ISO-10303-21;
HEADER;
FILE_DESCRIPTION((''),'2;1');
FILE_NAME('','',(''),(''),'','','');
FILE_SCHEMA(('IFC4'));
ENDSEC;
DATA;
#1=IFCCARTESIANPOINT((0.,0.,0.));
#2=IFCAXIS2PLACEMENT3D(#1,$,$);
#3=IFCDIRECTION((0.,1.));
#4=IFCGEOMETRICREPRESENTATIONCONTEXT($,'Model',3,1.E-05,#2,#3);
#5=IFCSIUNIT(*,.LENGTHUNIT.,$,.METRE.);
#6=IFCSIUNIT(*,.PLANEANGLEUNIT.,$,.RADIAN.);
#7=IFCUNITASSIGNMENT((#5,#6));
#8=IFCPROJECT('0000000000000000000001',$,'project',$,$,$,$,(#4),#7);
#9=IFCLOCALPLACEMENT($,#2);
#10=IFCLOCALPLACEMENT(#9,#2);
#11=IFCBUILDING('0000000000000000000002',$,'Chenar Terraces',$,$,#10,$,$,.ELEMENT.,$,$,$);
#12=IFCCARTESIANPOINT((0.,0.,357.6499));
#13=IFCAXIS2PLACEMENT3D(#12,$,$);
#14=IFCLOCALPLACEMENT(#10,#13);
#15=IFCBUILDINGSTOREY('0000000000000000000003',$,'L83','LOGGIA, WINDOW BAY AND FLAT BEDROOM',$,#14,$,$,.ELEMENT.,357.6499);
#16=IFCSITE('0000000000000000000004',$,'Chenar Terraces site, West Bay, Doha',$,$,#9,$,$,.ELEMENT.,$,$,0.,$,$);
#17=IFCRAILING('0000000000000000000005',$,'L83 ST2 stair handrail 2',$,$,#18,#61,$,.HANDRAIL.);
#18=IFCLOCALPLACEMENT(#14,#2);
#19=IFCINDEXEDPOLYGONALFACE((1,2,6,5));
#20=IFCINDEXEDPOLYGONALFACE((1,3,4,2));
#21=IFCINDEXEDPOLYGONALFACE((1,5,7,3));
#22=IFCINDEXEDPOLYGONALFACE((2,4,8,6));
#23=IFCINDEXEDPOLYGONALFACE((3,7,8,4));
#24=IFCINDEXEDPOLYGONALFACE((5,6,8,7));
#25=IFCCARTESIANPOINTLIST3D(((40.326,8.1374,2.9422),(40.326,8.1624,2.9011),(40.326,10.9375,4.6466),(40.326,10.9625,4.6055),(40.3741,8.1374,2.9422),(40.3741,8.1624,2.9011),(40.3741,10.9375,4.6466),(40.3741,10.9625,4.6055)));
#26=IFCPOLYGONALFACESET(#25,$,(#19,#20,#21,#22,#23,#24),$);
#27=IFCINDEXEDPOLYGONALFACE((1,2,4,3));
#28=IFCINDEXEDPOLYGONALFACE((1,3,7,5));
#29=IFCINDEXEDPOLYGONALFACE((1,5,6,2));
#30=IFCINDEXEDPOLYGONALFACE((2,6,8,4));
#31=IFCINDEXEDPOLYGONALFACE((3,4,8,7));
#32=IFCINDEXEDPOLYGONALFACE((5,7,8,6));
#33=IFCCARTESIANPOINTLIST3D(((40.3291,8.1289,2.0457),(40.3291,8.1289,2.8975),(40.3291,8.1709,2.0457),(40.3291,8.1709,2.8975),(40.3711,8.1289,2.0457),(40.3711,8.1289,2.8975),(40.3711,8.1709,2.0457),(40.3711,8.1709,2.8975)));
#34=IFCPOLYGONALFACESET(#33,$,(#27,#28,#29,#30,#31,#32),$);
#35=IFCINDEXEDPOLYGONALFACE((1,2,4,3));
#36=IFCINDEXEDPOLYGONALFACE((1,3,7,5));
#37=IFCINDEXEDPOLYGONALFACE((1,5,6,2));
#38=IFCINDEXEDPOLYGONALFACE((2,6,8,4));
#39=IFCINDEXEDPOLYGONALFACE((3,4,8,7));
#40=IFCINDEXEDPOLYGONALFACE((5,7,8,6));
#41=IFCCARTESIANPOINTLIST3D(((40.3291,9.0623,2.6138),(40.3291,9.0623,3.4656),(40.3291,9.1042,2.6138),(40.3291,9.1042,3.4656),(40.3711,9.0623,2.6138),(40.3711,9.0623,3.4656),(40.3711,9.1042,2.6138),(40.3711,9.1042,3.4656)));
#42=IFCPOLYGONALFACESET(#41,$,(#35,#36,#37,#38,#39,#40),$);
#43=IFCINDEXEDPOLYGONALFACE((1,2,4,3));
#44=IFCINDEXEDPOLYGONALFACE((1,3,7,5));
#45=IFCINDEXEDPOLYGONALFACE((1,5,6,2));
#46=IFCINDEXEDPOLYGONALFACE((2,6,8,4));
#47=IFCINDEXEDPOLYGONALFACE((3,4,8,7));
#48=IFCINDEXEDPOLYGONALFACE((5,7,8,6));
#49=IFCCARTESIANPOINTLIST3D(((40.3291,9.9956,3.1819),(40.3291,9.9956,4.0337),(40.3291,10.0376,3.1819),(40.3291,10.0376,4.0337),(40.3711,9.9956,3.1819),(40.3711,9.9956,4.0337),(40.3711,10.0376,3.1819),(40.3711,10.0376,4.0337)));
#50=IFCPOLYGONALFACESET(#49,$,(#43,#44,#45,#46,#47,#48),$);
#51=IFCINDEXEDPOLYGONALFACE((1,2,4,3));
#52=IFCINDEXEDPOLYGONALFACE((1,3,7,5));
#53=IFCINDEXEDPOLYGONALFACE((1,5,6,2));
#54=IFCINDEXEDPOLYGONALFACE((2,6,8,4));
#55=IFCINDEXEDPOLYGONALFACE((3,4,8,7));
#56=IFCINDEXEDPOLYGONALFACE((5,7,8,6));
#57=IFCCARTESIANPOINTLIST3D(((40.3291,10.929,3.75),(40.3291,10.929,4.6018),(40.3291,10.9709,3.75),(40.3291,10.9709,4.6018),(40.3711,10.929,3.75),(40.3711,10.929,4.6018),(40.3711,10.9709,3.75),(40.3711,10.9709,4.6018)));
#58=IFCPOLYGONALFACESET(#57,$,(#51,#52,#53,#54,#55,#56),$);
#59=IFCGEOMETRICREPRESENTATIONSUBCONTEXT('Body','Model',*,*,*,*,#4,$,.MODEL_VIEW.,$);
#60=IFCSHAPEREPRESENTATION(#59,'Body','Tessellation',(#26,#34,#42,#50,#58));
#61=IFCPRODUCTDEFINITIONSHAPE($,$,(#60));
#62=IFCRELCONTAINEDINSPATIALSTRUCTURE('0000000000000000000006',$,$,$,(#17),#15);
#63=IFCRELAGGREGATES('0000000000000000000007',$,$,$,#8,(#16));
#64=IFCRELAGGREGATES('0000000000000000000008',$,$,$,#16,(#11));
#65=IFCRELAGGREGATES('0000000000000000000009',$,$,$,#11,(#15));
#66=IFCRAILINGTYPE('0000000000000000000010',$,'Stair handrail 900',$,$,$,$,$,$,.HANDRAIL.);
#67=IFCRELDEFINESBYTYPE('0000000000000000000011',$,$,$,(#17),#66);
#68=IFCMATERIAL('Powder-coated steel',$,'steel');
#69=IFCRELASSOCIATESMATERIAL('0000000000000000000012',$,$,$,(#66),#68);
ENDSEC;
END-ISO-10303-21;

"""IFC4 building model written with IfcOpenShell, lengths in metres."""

from ifc_helpers import new_model, si_unit, direction, frame, origin, origin_2d, place, context, subcontext, project, spatial, rectangle, extrude, material, type_object, element, save


model = new_model("IFC4")

# Units and contexts
model_context = context("Model", 3, precision=1e-05, world=origin(), true_north=direction((0.0, 1.0)))
body_context = subcontext(model_context, "Body", "Model", "MODEL_VIEW")
ifc_project = project(units=[si_unit("LENGTHUNIT", "METRE"), si_unit("PLANEANGLEUNIT", "RADIAN")], contexts=[model_context])

# Site, building, storey
site_placement = place(None, origin())
site = spatial("IfcSite", under=ifc_project, at=site_placement, Name="Chenar Terraces site, West Bay, Doha", CompositionType="ELEMENT", RefElevation=0.0)
building_placement = place(site_placement, origin())
building = spatial("IfcBuilding", under=site, at=building_placement, Name="Chenar Terraces", CompositionType="ELEMENT")
storey_placement = place(building_placement, frame((0.0, 0.0, 357.6499)))
storey = spatial("IfcBuildingStorey", under=building, at=storey_placement, Name="L83", Description="LOGGIA, WINDOW BAY AND FLAT BEDROOM", CompositionType="ELEMENT", Elevation=357.6499)

# Railing
ifc_material_1 = material(Name="Powder-coated steel", Category="steel")
railing_type_1 = type_object("IfcRailingType", Name="Stair handrail 900", PredefinedType="HANDRAIL", material=ifc_material_1)
railing_1_placement = place(storey_placement, frame((40.3501, 8.1499, 2.0457)))
element("IfcRailing", 1, at=railing_1_placement, inside=storey, type_object=railing_type_1, Name="L83 ST2 stair handrail 2", PredefinedType="HANDRAIL", context=body_context, shape_type="SweptSolid", body=[
    extrude(rectangle(XDim=0.0481, YDim=0.0481, at=origin_2d()), frame((0.0, 0.0, 0.876), z_axis=(0.0, 0.854203, 0.51994), x_axis=(-1.0, 0.0, 0.0)), (0.0, 0.0, 1.0), 3.2781),
    extrude(rectangle(XDim=0.042, YDim=0.042, at=origin_2d()), origin(), (0.0, 0.0, 1.0), 0.8518),
    extrude(rectangle(XDim=0.042, YDim=0.042, at=origin_2d()), frame((0.0, 0.9333, 0.5681)), (0.0, 0.0, 1.0), 0.8518),
    extrude(rectangle(XDim=0.042, YDim=0.042, at=origin_2d()), frame((0.0, 1.8667, 1.1362)), (0.0, 0.0, 1.0), 0.8518),
    extrude(rectangle(XDim=0.042, YDim=0.042, at=origin_2d()), frame((0.0, 2.8, 1.7043)), (0.0, 0.0, 1.0), 0.8518),
])

save(model, "model.ifc")
